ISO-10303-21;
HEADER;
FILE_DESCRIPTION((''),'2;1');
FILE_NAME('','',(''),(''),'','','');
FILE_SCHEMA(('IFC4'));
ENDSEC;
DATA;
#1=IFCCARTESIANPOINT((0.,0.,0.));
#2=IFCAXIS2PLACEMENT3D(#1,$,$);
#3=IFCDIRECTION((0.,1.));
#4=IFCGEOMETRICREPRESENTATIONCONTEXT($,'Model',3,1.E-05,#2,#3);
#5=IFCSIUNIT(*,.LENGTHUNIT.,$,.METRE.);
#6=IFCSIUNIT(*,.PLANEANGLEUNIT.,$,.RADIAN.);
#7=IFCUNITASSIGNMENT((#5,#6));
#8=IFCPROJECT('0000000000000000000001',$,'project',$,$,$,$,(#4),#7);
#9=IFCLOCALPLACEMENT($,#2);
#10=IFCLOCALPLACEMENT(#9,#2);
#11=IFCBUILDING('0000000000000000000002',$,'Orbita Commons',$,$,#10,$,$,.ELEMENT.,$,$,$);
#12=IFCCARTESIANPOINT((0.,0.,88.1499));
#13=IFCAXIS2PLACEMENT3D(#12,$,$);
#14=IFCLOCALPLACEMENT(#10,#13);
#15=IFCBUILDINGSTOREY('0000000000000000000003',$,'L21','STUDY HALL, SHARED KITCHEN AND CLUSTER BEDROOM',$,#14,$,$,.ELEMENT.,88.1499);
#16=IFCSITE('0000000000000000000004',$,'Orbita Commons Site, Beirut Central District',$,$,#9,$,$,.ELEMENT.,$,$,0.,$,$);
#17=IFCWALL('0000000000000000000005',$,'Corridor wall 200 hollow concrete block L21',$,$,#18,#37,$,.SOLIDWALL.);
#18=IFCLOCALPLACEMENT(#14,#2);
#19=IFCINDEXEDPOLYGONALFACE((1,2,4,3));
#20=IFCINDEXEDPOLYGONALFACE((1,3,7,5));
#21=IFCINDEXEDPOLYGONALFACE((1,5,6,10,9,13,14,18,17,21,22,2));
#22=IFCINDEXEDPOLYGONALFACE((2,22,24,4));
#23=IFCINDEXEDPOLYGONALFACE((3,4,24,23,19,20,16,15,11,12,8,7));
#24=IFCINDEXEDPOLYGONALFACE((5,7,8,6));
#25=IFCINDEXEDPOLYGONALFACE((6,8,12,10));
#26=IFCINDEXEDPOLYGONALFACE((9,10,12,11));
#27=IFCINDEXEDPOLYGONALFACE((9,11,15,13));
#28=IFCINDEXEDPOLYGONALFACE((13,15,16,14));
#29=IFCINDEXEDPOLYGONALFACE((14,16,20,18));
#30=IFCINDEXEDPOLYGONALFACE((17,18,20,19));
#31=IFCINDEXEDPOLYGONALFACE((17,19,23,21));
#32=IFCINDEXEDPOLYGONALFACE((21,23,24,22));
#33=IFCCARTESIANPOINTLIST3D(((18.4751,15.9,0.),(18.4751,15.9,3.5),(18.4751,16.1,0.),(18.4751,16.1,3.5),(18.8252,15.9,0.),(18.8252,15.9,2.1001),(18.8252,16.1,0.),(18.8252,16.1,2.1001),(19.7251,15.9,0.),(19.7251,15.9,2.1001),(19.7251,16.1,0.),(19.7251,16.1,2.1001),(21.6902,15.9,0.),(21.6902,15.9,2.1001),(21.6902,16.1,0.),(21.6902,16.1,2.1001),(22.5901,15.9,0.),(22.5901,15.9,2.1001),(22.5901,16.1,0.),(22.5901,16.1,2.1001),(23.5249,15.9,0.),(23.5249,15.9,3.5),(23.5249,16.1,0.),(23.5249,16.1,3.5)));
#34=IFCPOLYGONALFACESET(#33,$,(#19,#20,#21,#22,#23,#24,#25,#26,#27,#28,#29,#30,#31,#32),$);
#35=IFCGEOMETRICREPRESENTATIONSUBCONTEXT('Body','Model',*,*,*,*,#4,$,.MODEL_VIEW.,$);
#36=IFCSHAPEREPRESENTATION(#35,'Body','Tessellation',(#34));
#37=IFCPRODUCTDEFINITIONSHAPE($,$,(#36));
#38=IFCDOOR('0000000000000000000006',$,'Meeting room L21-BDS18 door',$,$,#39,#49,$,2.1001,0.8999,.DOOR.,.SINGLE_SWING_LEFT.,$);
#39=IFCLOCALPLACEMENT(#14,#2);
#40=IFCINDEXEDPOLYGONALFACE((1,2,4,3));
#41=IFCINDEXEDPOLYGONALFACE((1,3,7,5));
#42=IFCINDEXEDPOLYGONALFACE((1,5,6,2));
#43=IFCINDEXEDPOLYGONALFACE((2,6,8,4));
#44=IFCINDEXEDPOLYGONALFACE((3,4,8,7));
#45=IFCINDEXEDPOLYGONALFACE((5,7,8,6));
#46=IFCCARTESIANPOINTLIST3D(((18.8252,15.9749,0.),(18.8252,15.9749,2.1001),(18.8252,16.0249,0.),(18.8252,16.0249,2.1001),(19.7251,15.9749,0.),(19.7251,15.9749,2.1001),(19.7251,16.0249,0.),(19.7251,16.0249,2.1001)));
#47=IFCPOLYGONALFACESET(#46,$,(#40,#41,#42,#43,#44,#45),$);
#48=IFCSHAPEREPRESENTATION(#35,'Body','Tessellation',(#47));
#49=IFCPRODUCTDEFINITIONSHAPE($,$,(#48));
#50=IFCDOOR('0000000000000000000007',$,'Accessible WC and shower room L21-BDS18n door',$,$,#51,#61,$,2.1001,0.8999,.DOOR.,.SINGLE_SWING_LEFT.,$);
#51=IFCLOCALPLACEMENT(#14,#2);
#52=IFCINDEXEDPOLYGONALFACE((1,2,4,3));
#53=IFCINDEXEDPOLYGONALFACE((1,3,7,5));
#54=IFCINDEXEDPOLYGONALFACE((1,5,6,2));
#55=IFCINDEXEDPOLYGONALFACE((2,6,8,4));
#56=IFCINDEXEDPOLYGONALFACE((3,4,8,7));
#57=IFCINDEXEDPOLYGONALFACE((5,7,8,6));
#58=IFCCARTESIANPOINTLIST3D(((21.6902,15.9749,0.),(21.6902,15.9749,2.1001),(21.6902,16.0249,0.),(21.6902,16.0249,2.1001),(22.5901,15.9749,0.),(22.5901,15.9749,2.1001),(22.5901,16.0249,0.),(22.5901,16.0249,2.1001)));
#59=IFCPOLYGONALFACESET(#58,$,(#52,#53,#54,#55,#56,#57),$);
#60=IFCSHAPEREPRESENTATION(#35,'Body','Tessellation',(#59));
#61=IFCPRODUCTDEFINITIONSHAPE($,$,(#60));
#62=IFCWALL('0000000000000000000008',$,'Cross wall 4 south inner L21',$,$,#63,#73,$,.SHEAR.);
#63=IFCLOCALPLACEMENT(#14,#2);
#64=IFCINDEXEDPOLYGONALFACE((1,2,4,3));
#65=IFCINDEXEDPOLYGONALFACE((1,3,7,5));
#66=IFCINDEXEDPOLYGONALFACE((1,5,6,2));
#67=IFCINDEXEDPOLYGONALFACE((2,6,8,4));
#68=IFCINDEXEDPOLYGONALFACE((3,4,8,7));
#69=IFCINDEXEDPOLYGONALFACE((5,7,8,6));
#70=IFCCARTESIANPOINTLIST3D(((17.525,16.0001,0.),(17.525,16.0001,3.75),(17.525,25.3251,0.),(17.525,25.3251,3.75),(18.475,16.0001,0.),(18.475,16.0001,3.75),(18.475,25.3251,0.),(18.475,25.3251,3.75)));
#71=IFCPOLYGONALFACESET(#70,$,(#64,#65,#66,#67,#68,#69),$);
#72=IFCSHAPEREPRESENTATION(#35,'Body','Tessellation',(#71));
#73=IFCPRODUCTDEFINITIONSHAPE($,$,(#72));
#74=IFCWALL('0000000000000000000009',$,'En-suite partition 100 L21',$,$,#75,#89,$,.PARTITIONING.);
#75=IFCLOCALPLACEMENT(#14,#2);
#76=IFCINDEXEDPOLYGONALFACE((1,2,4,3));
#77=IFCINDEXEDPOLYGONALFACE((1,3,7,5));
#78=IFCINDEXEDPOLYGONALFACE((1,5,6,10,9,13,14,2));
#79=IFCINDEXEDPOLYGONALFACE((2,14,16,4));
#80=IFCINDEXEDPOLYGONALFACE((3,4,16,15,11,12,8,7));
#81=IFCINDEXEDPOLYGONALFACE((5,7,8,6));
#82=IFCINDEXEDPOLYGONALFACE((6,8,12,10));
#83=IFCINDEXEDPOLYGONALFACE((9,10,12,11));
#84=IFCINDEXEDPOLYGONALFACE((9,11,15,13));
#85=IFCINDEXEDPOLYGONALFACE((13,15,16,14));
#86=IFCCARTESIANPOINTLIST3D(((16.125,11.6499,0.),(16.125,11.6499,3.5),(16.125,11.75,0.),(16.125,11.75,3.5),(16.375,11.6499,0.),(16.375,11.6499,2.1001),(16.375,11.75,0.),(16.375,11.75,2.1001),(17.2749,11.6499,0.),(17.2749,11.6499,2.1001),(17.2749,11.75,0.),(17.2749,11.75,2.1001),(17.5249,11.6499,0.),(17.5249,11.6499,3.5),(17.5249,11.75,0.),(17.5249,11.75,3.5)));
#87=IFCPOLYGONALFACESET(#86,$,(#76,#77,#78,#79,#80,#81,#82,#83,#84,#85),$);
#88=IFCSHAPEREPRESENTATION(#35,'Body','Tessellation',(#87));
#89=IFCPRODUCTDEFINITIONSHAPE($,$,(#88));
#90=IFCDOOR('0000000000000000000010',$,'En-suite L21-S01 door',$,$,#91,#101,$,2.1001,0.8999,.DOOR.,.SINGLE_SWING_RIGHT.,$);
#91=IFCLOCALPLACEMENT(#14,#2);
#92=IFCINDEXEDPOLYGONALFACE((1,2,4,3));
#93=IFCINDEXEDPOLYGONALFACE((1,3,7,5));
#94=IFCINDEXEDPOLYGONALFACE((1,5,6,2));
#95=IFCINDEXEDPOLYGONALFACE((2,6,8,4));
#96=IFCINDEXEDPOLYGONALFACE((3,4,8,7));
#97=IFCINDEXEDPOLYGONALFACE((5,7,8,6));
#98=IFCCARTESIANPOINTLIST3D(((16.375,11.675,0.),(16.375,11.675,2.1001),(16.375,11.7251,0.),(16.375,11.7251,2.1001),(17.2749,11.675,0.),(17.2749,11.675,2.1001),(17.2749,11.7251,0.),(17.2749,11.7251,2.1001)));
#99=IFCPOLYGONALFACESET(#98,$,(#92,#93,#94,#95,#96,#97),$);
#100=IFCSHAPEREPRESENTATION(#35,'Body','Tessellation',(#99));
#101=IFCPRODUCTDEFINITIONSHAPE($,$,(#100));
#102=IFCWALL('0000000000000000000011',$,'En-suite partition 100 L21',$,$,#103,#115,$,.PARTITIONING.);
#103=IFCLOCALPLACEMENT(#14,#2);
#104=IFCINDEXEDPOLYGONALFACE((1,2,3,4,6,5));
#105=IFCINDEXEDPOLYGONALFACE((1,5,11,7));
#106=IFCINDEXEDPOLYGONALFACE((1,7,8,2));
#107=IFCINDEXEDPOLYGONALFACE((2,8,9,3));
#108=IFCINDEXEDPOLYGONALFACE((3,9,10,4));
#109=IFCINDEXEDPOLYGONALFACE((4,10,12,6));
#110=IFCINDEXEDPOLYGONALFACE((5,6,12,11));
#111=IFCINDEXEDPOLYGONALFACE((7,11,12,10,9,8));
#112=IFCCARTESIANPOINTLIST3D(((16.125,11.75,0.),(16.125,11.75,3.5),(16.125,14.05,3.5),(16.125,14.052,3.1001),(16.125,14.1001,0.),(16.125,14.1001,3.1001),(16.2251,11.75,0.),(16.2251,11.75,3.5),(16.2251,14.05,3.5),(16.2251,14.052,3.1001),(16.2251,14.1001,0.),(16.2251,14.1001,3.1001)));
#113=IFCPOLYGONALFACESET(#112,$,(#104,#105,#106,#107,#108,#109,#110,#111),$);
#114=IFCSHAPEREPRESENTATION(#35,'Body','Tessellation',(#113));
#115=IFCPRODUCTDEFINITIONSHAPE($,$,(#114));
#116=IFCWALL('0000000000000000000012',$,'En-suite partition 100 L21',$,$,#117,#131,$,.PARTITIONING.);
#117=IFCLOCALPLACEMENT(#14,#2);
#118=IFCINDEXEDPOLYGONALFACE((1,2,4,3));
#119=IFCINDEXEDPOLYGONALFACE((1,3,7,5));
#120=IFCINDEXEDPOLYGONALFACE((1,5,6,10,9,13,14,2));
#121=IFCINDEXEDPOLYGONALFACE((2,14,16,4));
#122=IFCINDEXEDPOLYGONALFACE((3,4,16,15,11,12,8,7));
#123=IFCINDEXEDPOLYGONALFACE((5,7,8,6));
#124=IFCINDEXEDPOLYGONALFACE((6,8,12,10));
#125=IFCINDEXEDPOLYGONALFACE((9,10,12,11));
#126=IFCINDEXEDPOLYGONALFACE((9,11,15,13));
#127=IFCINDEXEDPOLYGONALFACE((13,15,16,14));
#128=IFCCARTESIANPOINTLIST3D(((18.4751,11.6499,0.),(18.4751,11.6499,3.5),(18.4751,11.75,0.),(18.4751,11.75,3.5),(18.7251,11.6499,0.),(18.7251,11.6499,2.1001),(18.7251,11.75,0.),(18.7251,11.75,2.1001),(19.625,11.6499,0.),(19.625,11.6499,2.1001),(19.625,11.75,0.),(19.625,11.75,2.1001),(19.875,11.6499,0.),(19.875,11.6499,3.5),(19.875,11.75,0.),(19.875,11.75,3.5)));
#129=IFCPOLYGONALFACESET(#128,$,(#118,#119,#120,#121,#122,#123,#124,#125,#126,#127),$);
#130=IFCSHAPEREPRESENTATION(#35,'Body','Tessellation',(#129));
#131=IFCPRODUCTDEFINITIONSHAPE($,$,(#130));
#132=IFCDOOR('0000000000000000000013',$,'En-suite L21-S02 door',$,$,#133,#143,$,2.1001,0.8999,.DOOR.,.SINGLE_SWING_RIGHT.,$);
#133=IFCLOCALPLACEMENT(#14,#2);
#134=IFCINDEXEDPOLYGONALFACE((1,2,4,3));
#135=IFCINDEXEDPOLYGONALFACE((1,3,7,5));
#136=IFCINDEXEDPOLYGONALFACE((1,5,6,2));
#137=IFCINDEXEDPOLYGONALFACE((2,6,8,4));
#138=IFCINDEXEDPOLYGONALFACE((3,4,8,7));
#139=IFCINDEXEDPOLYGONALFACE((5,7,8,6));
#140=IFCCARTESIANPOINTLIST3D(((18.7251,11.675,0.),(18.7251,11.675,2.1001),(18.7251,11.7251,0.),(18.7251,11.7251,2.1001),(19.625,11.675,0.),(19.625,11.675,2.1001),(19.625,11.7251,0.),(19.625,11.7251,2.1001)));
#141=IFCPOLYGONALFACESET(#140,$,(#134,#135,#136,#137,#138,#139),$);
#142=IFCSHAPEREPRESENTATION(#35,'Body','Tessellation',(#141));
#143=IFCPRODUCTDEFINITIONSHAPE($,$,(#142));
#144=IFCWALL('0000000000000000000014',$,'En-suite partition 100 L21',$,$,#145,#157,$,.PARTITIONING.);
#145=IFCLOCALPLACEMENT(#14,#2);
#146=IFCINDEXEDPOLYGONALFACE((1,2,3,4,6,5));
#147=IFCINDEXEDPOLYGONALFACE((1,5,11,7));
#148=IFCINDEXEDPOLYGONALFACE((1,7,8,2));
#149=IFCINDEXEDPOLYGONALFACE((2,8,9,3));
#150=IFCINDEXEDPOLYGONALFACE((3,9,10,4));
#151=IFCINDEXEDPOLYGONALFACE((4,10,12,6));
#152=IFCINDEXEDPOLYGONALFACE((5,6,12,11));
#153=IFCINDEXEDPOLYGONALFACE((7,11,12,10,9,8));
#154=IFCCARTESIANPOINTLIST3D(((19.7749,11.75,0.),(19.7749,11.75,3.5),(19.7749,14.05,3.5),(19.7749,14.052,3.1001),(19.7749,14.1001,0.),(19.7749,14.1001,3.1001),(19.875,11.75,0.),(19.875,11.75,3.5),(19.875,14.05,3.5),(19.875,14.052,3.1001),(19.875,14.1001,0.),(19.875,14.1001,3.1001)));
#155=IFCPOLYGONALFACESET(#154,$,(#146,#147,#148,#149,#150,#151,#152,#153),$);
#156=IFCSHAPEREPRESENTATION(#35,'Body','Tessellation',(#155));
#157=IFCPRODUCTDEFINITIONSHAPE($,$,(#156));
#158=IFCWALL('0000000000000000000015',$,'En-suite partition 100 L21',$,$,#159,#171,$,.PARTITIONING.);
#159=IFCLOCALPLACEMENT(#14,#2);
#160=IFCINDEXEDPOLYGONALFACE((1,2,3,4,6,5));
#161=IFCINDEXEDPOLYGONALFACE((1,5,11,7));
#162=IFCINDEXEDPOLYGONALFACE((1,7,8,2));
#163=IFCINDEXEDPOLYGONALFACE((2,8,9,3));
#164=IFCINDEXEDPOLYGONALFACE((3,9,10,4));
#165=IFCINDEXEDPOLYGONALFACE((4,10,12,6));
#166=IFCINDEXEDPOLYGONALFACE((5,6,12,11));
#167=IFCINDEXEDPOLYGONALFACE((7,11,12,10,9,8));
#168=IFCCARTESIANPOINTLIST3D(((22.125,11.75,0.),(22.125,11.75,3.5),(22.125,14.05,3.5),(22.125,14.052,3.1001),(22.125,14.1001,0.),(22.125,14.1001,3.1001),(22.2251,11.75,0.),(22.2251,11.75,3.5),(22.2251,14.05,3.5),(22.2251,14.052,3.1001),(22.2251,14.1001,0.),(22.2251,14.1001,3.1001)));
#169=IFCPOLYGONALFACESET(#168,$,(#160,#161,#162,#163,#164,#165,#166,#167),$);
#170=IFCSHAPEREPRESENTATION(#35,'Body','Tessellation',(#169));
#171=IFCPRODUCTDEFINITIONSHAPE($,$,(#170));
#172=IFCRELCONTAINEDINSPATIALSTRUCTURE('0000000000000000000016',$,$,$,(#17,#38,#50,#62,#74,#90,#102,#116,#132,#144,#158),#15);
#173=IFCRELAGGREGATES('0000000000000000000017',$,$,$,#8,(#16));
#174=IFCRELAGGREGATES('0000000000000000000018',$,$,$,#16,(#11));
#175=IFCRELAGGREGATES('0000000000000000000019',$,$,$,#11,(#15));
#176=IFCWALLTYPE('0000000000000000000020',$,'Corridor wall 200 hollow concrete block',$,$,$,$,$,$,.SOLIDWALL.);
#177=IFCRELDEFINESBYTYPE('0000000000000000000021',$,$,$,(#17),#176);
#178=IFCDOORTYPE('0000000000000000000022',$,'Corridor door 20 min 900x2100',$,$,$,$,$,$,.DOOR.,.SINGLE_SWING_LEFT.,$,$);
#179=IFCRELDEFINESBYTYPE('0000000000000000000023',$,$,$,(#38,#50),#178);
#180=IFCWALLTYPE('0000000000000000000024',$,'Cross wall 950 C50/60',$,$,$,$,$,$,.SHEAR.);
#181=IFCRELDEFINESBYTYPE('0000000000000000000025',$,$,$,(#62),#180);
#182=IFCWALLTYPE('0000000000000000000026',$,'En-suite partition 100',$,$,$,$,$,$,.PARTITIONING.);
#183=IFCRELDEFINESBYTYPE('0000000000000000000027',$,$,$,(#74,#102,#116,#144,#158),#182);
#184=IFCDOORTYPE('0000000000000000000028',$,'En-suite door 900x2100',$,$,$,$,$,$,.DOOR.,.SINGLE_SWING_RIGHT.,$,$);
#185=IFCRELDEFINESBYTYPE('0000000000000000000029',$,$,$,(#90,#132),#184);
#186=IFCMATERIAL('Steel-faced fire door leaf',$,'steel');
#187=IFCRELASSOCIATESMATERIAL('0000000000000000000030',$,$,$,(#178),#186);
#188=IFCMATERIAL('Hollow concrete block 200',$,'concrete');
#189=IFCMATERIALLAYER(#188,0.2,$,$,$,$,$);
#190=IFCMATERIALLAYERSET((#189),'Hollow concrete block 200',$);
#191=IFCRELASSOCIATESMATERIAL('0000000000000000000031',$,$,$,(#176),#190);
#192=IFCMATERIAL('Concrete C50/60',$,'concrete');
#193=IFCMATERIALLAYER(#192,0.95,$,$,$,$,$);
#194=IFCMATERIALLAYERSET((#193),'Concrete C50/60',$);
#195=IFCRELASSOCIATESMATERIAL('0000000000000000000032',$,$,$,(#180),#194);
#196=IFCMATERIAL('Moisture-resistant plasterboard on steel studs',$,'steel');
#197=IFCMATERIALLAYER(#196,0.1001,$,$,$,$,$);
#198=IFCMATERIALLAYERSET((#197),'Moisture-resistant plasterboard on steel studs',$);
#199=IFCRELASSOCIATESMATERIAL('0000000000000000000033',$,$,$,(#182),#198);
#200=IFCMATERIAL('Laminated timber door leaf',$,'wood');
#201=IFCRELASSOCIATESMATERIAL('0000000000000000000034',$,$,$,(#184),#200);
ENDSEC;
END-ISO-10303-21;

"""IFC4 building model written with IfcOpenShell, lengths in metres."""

from ifc_helpers import new_model, si_unit, direction, frame, frame_2d, origin, place, context, subcontext, project, spatial, polyline, rectangle, outline, extrude, material, layer, layer_set, type_object, element, fill, save


model = new_model("IFC4")

# Units and contexts
model_context = context("Model", 3, precision=1e-05, world=origin(), true_north=direction((0.0, 1.0)))
body_context = subcontext(model_context, "Body", "Model", "MODEL_VIEW")
ifc_project = project(units=[si_unit("LENGTHUNIT", "METRE"), si_unit("PLANEANGLEUNIT", "RADIAN")], contexts=[model_context])

# Site, building, storey
site_placement = place(None, origin())
site = spatial("IfcSite", under=ifc_project, at=site_placement, Name="Orbita Commons Site, Beirut Central District", CompositionType="ELEMENT", RefElevation=0.0)
building_placement = place(site_placement, origin())
building = spatial("IfcBuilding", under=site, at=building_placement, Name="Orbita Commons", CompositionType="ELEMENT")
storey_placement = place(building_placement, frame((0.0, 0.0, 88.1499)))
storey = spatial("IfcBuildingStorey", under=building, at=storey_placement, Name="L21", Description="STUDY HALL, SHARED KITCHEN AND CLUSTER BEDROOM", CompositionType="ELEMENT", Elevation=88.1499)

# Wall, openings, doors
ifc_material_1 = material(Name="Steel-faced fire door leaf", Category="steel")
door_type_1 = type_object("IfcDoorType", Name="Corridor door 20 min 900x2100", OperationType="SINGLE_SWING_LEFT", PredefinedType="DOOR", material=ifc_material_1)
ifc_material_2 = material(Name="Hollow concrete block 200", Category="concrete")
ifc_layer_1 = layer(ifc_material_2, 0.2)
ifc_layer_set_1 = layer_set([ifc_layer_1], Name="Hollow concrete block 200")
wall_type_1 = type_object("IfcWallType", Name="Corridor wall 200 hollow concrete block", PredefinedType="SOLIDWALL", material=ifc_layer_set_1)
wall_1_placement = place(storey_placement, frame((18.4751, 16.0, 0.0), z_axis=(0.0, 0.0, 1.0), x_axis=(1.0, 0.0, 0.0)))
wall_1 = element("IfcWall", 1, at=wall_1_placement, inside=storey, type_object=wall_type_1, Name="Corridor wall 200 hollow concrete block L21", PredefinedType="SOLIDWALL", context=body_context, shape_type="SweptSolid", body=[
    extrude(rectangle(XDim=5.0498, YDim=0.2, at=frame_2d((2.5249, 0.0))), origin(), (0.0, 0.0, 1.0), 3.5),
])
opening_1_placement = place(wall_1_placement, frame((0.3501, 0.0, 0.0)))
opening_1 = element("IfcOpeningElement", 2, at=opening_1_placement, cuts=wall_1, PredefinedType="OPENING", context=body_context, shape_type="SweptSolid", body=[
    extrude(rectangle(XDim=0.8999, YDim=2.1001, at=frame_2d((0.45, 1.05))), frame((0.0, 0.1099, 0.0), z_axis=(0.0, -1.0, 0.0), x_axis=(1.0, 0.0, 0.0)), (0.0, 0.0, 1.0), 0.22),
])
opening_2_placement = place(wall_1_placement, frame((3.2151, 0.0, 0.0)))
opening_2 = element("IfcOpeningElement", 3, at=opening_2_placement, cuts=wall_1, PredefinedType="OPENING", context=body_context, shape_type="SweptSolid", body=[
    extrude(rectangle(XDim=0.8999, YDim=2.1001, at=frame_2d((0.45, 1.05))), frame((0.0, 0.1099, 0.0), z_axis=(0.0, -1.0, 0.0), x_axis=(1.0, 0.0, 0.0)), (0.0, 0.0, 1.0), 0.22),
])
door_1_placement = place(opening_1_placement, origin())
door_1 = element("IfcDoor", 4, at=door_1_placement, inside=storey, type_object=door_type_1, Name="Meeting room L21-BDS18 door", OperationType="SINGLE_SWING_LEFT", OverallHeight=2.1001, OverallWidth=0.8999, PredefinedType="DOOR", context=body_context, shape_type="SweptSolid", body=[
    extrude(rectangle(XDim=0.8999, YDim=2.1001, at=frame_2d((0.45, 1.05))), frame((0.0, 0.0249, 0.0), z_axis=(0.0, -1.0, 0.0), x_axis=(1.0, 0.0, 0.0)), (0.0, 0.0, 1.0), 0.05),
])
fill(opening_1, door_1)
door_2_placement = place(opening_2_placement, origin())
door_2 = element("IfcDoor", 5, at=door_2_placement, inside=storey, type_object=door_type_1, Name="Accessible WC and shower room L21-BDS18n door", OperationType="SINGLE_SWING_LEFT", OverallHeight=2.1001, OverallWidth=0.8999, PredefinedType="DOOR", context=body_context, shape_type="SweptSolid", body=[
    extrude(rectangle(XDim=0.8999, YDim=2.1001, at=frame_2d((0.45, 1.05))), frame((0.0, 0.0249, 0.0), z_axis=(0.0, -1.0, 0.0), x_axis=(1.0, 0.0, 0.0)), (0.0, 0.0, 1.0), 0.05),
])
fill(opening_2, door_2)

# Wall
ifc_material_3 = material(Name="Concrete C50/60", Category="concrete")
ifc_layer_2 = layer(ifc_material_3, 0.95)
ifc_layer_set_2 = layer_set([ifc_layer_2], Name="Concrete C50/60")
wall_type_2 = type_object("IfcWallType", Name="Cross wall 950 C50/60", PredefinedType="SHEAR", material=ifc_layer_set_2)
wall_2_placement = place(storey_placement, frame((18.0, 16.0, 0.0), z_axis=(0.0, 0.0, 1.0), x_axis=(0.0, 1.0, 0.0)))
element("IfcWall", 6, at=wall_2_placement, inside=storey, type_object=wall_type_2, Name="Cross wall 4 south inner L21", PredefinedType="SHEAR", context=body_context, shape_type="SweptSolid", body=[
    extrude(rectangle(XDim=9.325, YDim=0.95, at=frame_2d((4.6626, 0.0))), origin(), (0.0, 0.0, 1.0), 3.75),
])

# Wall, opening, door
ifc_material_4 = material(Name="Moisture-resistant plasterboard on steel studs", Category="steel")
ifc_layer_3 = layer(ifc_material_4, 0.1001)
ifc_layer_set_3 = layer_set([ifc_layer_3], Name="Moisture-resistant plasterboard on steel studs")
wall_type_3 = type_object("IfcWallType", Name="En-suite partition 100", PredefinedType="PARTITIONING", material=ifc_layer_set_3)
wall_3_placement = place(storey_placement, frame((17.5249, 11.7, 0.0), z_axis=(0.0, 0.0, 1.0), x_axis=(-1.0, 0.0, 0.0)))
wall_3 = element("IfcWall", 7, at=wall_3_placement, inside=storey, type_object=wall_type_3, Name="En-suite partition 100 L21", PredefinedType="PARTITIONING", context=body_context, shape_type="SweptSolid", body=[
    extrude(rectangle(XDim=1.3999, YDim=0.1001, at=frame_2d((0.7, 0.0))), origin(), (0.0, 0.0, 1.0), 3.5),
])
opening_3_placement = place(wall_3_placement, frame((0.25, 0.0, 0.0)))
opening_3 = element("IfcOpeningElement", 8, at=opening_3_placement, cuts=wall_3, PredefinedType="OPENING", context=body_context, shape_type="SweptSolid", body=[
    extrude(rectangle(XDim=0.8999, YDim=2.1001, at=frame_2d((0.45, 1.05))), frame((0.0, 0.0601, 0.0), z_axis=(0.0, -1.0, 0.0), x_axis=(1.0, 0.0, 0.0)), (0.0, 0.0, 1.0), 0.1201),
])
ifc_material_5 = material(Name="Laminated timber door leaf", Category="wood")
door_type_2 = type_object("IfcDoorType", Name="En-suite door 900x2100", OperationType="SINGLE_SWING_RIGHT", PredefinedType="DOOR", material=ifc_material_5)
door_3_placement = place(opening_3_placement, origin())
door_3 = element("IfcDoor", 9, at=door_3_placement, inside=storey, type_object=door_type_2, Name="En-suite L21-S01 door", OperationType="SINGLE_SWING_RIGHT", OverallHeight=2.1001, OverallWidth=0.8999, PredefinedType="DOOR", context=body_context, shape_type="SweptSolid", body=[
    extrude(rectangle(XDim=0.8999, YDim=2.1001, at=frame_2d((0.45, 1.05))), frame((0.0, 0.0249, 0.0), z_axis=(0.0, -1.0, 0.0), x_axis=(1.0, 0.0, 0.0)), (0.0, 0.0, 1.0), 0.05),
])
fill(opening_3, door_3)

# Wall
wall_4_placement = place(storey_placement, frame((16.175, 11.75, 0.0), z_axis=(0.0, 0.0, 1.0), x_axis=(0.0, 1.0, 0.0)))
element("IfcWall", 10, at=wall_4_placement, inside=storey, type_object=wall_type_3, Name="En-suite partition 100 L21", PredefinedType="PARTITIONING", context=body_context, shape_type="SweptSolid", body=[
    extrude(outline(polyline([(0.0, 0.0), (2.3501, 0.0), (2.3501, 3.1001), (2.302, 3.1001), (2.3, 3.5), (0.0, 3.5), (0.0, 0.0)])), frame((0.0, 0.05, 0.0), z_axis=(0.0, -1.0, 0.0), x_axis=(1.0, 0.0, 0.0)), (0.0, 0.0, 1.0), 0.1001),
])

# Wall, opening, door
wall_5_placement = place(storey_placement, frame((19.875, 11.7, 0.0), z_axis=(0.0, 0.0, 1.0), x_axis=(-1.0, 0.0, 0.0)))
wall_5 = element("IfcWall", 11, at=wall_5_placement, inside=storey, type_object=wall_type_3, Name="En-suite partition 100 L21", PredefinedType="PARTITIONING", context=body_context, shape_type="SweptSolid", body=[
    extrude(rectangle(XDim=1.3999, YDim=0.1001, at=frame_2d((0.7, 0.0))), origin(), (0.0, 0.0, 1.0), 3.5),
])
opening_4_placement = place(wall_5_placement, frame((0.25, 0.0, 0.0)))
opening_4 = element("IfcOpeningElement", 12, at=opening_4_placement, cuts=wall_5, PredefinedType="OPENING", context=body_context, shape_type="SweptSolid", body=[
    extrude(rectangle(XDim=0.8999, YDim=2.1001, at=frame_2d((0.45, 1.05))), frame((0.0, 0.0601, 0.0), z_axis=(0.0, -1.0, 0.0), x_axis=(1.0, 0.0, 0.0)), (0.0, 0.0, 1.0), 0.1201),
])
door_4_placement = place(opening_4_placement, origin())
door_4 = element("IfcDoor", 13, at=door_4_placement, inside=storey, type_object=door_type_2, Name="En-suite L21-S02 door", OperationType="SINGLE_SWING_RIGHT", OverallHeight=2.1001, OverallWidth=0.8999, PredefinedType="DOOR", context=body_context, shape_type="SweptSolid", body=[
    extrude(rectangle(XDim=0.8999, YDim=2.1001, at=frame_2d((0.45, 1.05))), frame((0.0, 0.0249, 0.0), z_axis=(0.0, -1.0, 0.0), x_axis=(1.0, 0.0, 0.0)), (0.0, 0.0, 1.0), 0.05),
])
fill(opening_4, door_4)

# Walls
for number, where, z_axis, x_axis, name in (
    (14, (19.825, 11.75, 0.0), (0.0, 0.0, 1.0), (0.0, 1.0, 0.0), "En-suite partition 100 L21"),
    (15, (22.175, 11.75, 0.0), (0.0, 0.0, 1.0), (0.0, 1.0, 0.0), "En-suite partition 100 L21"),
):
    element("IfcWall", number, at=place(storey_placement, frame(where, z_axis=z_axis, x_axis=x_axis)), inside=storey, type_object=wall_type_3, Name=name, PredefinedType="PARTITIONING", context=body_context, shape_type="SweptSolid", body=[
        extrude(outline(polyline([(0.0, 0.0), (2.3501, 0.0), (2.3501, 3.1001), (2.302, 3.1001), (2.3, 3.5), (0.0, 3.5), (0.0, 0.0)])), frame((0.0, 0.05, 0.0), z_axis=(0.0, -1.0, 0.0), x_axis=(1.0, 0.0, 0.0)), (0.0, 0.0, 1.0), 0.1001),
    ])

save(model, "model.ifc")
